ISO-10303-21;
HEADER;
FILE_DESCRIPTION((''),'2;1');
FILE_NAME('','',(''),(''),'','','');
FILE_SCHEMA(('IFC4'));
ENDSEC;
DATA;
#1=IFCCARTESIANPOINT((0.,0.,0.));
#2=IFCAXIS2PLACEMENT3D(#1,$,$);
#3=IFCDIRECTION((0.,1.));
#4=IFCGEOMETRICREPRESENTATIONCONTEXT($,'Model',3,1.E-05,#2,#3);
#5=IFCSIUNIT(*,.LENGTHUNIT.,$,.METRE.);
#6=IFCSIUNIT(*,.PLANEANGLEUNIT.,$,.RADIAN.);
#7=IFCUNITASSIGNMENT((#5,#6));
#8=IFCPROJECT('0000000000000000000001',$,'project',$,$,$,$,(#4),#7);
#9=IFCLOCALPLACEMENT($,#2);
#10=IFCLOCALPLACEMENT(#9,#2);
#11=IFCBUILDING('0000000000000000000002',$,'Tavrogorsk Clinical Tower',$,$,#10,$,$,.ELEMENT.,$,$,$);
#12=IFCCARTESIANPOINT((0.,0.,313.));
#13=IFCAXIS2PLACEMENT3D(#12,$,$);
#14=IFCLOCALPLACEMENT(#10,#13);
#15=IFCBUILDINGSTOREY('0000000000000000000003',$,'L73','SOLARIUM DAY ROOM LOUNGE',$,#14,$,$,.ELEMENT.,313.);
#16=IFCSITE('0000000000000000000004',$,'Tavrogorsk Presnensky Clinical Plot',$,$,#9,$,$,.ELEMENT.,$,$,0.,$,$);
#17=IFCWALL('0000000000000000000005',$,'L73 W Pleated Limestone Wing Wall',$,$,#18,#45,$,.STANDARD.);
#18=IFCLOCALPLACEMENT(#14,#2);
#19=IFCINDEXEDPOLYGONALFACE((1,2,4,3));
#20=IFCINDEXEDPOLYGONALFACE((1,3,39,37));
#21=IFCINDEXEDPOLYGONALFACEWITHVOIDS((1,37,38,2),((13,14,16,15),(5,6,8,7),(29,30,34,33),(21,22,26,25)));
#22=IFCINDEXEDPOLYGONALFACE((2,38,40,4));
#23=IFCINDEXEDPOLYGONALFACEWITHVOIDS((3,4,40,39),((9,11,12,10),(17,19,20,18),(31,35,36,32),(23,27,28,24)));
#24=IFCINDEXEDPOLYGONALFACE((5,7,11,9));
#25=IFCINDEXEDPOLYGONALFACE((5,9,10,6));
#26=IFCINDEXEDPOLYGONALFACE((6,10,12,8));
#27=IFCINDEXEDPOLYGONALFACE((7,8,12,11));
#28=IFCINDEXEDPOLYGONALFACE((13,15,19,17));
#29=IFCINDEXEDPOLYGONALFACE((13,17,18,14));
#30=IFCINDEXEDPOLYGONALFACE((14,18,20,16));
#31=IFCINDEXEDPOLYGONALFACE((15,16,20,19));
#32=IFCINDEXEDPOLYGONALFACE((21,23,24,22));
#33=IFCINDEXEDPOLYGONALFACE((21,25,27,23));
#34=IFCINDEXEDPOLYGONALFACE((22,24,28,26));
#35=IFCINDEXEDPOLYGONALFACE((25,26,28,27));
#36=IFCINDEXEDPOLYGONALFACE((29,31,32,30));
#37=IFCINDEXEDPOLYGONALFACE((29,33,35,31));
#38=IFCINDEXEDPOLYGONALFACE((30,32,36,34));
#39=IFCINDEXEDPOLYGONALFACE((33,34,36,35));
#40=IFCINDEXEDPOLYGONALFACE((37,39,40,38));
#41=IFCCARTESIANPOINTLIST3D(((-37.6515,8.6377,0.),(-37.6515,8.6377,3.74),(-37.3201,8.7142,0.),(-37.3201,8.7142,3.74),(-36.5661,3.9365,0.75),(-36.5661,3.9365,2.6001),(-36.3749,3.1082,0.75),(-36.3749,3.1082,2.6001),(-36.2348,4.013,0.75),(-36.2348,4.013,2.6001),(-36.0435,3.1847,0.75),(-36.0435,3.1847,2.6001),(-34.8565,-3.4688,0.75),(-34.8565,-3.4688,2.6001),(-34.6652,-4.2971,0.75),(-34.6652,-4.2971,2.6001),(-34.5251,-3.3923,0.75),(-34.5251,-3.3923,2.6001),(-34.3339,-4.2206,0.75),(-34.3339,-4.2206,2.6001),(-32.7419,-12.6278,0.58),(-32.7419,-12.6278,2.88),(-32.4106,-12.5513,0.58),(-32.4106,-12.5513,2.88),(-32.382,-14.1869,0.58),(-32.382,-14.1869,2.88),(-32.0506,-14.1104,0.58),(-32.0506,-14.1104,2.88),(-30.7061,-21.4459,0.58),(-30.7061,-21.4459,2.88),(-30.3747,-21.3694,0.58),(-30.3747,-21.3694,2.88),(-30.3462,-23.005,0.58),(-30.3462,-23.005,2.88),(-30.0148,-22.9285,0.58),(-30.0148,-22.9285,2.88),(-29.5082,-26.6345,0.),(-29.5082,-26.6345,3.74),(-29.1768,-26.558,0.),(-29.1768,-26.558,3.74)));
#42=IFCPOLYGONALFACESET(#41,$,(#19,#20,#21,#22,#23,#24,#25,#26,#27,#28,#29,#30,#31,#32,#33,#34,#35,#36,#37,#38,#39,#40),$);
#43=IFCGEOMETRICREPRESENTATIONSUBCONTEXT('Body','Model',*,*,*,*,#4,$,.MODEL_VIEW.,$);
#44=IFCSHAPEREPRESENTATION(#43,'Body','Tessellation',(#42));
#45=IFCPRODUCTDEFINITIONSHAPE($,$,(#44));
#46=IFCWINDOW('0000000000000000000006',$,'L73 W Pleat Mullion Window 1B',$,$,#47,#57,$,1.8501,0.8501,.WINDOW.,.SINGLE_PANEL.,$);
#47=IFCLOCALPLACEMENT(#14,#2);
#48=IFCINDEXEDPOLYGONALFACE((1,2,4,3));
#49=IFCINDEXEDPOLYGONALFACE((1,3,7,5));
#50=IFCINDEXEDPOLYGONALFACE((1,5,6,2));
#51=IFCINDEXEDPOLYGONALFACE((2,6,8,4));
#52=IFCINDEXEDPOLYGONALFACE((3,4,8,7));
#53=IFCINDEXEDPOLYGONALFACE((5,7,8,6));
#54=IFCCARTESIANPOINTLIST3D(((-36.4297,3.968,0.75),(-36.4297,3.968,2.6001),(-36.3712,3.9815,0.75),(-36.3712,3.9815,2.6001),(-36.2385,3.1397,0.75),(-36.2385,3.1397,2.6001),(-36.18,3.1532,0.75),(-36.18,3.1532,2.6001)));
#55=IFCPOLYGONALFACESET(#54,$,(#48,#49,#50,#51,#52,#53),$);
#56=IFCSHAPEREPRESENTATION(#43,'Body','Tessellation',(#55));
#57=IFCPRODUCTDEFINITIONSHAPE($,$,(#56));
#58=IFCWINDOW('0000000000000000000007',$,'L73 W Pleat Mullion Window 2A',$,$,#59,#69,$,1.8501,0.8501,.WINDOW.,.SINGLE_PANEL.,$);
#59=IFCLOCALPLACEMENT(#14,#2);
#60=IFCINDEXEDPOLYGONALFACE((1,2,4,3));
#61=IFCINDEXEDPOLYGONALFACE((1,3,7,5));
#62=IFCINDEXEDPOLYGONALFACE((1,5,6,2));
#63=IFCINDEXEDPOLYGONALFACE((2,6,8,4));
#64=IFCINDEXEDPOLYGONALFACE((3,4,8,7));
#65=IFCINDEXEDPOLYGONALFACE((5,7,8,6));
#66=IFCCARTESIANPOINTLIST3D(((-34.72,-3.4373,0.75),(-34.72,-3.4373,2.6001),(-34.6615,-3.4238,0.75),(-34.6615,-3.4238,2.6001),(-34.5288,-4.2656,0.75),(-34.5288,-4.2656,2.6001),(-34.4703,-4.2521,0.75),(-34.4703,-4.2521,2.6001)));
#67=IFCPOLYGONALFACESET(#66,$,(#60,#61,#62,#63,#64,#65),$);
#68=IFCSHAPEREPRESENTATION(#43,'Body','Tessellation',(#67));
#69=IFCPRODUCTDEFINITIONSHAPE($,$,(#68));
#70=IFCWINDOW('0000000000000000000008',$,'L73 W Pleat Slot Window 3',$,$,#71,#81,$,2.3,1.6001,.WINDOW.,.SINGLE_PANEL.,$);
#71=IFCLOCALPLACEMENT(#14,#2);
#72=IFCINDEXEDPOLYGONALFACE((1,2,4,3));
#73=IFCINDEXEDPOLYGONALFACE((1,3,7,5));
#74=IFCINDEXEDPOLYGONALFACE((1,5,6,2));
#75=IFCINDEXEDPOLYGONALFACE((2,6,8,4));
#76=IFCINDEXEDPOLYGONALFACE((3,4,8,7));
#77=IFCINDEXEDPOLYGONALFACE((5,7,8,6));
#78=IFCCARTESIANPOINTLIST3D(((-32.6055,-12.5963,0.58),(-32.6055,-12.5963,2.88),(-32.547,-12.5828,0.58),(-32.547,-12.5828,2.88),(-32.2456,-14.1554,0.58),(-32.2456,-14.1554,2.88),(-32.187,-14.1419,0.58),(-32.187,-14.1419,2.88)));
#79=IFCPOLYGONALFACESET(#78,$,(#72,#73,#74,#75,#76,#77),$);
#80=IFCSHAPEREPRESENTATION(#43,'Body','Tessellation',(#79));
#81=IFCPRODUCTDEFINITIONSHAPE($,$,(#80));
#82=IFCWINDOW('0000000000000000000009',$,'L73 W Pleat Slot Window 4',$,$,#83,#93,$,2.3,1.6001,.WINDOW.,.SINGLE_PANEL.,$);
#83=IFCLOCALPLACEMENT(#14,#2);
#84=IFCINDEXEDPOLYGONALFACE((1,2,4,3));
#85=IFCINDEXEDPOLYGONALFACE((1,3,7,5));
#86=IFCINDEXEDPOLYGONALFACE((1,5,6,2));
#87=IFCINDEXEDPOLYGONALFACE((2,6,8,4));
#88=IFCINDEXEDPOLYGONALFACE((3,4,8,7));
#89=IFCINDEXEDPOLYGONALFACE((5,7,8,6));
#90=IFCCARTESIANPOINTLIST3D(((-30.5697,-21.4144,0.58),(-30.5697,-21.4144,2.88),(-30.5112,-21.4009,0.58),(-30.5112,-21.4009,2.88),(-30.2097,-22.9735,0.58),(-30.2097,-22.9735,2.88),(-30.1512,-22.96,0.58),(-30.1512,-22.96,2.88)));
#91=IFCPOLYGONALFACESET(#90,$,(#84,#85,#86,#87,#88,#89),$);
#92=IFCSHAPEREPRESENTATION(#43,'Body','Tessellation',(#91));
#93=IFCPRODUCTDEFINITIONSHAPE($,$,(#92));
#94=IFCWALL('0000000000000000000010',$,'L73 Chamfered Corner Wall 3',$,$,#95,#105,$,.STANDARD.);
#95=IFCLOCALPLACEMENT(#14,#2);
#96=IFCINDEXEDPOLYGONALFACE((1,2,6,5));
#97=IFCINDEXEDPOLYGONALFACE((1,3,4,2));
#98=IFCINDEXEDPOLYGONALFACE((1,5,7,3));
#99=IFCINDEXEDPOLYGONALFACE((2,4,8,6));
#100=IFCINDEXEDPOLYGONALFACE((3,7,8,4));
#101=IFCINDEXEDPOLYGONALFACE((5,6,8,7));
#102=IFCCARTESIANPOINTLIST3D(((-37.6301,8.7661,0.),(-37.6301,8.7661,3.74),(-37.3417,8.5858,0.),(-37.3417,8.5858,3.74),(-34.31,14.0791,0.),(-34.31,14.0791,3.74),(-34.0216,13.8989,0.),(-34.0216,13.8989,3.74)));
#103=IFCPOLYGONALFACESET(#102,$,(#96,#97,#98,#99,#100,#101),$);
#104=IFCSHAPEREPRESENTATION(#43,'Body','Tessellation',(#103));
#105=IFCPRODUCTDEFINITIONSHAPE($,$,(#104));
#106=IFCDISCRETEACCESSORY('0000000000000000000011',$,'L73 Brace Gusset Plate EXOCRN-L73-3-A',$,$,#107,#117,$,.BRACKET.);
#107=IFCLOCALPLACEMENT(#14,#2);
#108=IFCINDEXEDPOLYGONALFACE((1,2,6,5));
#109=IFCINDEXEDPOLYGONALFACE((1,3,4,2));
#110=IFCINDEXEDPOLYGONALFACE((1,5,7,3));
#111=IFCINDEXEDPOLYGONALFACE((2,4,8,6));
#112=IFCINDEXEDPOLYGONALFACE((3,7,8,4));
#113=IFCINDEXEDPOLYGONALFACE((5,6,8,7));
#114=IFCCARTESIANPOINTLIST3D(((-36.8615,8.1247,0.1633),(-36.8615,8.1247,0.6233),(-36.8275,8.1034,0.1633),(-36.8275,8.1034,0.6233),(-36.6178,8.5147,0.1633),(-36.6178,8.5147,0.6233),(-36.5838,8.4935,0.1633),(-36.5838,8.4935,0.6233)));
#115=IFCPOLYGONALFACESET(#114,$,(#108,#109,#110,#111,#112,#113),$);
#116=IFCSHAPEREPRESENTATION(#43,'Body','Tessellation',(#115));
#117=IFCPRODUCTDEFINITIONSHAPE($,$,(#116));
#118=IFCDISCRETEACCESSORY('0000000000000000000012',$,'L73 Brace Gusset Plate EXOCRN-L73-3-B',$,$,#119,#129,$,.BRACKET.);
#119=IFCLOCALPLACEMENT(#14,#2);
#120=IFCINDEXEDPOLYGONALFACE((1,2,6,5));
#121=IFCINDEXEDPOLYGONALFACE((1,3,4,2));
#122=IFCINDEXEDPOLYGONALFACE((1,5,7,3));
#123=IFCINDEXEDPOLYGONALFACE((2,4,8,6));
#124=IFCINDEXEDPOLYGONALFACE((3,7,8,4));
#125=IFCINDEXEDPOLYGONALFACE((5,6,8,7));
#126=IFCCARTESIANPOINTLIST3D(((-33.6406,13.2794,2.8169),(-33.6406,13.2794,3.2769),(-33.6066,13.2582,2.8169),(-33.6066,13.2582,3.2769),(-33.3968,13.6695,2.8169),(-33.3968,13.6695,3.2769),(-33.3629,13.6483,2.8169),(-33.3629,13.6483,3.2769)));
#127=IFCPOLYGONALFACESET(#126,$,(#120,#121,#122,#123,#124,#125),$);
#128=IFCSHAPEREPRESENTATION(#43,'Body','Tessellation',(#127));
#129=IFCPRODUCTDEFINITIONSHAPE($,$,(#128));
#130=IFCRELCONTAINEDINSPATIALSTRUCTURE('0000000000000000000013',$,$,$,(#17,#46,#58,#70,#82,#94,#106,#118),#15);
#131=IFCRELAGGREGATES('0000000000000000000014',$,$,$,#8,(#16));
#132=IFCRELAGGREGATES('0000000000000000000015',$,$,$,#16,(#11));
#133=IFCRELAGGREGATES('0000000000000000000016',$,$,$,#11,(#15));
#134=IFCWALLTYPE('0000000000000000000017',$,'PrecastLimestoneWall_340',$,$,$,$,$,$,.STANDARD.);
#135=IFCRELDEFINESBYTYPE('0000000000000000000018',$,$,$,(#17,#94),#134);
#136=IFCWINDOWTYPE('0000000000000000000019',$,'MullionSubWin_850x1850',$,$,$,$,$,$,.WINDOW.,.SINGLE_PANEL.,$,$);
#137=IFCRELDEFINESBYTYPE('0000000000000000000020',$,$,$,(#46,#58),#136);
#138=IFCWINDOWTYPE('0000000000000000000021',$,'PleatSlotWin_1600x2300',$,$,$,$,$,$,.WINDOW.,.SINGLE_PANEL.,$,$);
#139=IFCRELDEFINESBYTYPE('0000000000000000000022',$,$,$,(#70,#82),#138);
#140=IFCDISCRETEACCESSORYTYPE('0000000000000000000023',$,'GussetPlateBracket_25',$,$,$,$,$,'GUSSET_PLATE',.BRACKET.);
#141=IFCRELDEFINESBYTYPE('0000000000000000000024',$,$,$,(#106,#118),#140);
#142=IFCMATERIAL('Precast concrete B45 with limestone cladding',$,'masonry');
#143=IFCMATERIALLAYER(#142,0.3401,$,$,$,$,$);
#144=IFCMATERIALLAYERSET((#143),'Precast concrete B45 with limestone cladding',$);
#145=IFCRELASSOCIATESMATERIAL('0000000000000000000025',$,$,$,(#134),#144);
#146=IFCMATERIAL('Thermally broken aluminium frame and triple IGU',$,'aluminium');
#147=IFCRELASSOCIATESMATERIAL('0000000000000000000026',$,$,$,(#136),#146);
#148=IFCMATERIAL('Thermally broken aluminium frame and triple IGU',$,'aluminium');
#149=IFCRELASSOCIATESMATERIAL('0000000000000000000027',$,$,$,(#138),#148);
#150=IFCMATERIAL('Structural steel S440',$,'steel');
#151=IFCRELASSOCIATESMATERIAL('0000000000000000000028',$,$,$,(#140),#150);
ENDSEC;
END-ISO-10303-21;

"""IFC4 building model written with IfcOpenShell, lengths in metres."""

from ifc_helpers import new_model, si_unit, direction, frame, frame_2d, origin, origin_2d, place, context, subcontext, project, spatial, rectangle, extrude, material, layer, layer_set, type_object, element, fill, save


model = new_model("IFC4")

# Units and contexts
model_context = context("Model", 3, precision=1e-05, world=origin(), true_north=direction((0.0, 1.0)))
body_context = subcontext(model_context, "Body", "Model", "MODEL_VIEW")
ifc_project = project(units=[si_unit("LENGTHUNIT", "METRE"), si_unit("PLANEANGLEUNIT", "RADIAN")], contexts=[model_context])

# Site, building, storey
site_placement = place(None, origin())
site = spatial("IfcSite", under=ifc_project, at=site_placement, Name="Tavrogorsk Presnensky Clinical Plot", CompositionType="ELEMENT", RefElevation=0.0)
building_placement = place(site_placement, origin())
building = spatial("IfcBuilding", under=site, at=building_placement, Name="Tavrogorsk Clinical Tower", CompositionType="ELEMENT")
storey_placement = place(building_placement, frame((0.0, 0.0, 313.0)))
storey = spatial("IfcBuildingStorey", under=building, at=storey_placement, Name="L73", Description="SOLARIUM DAY ROOM LOUNGE", CompositionType="ELEMENT", Elevation=313.0)

# Wall, openings, windows
ifc_material_1 = material(Name="Precast concrete B45 with limestone cladding", Category="masonry")
ifc_layer_1 = layer(ifc_material_1, 0.3401)
ifc_layer_set_1 = layer_set([ifc_layer_1], Name="Precast concrete B45 with limestone cladding")
wall_type_1 = type_object("IfcWallType", Name="PrecastLimestoneWall_340", PredefinedType="STANDARD", material=ifc_layer_set_1)
wall_1_placement = place(storey_placement, frame((-37.4858, 8.676, 0.0), z_axis=(0.0, 0.0, 1.0), x_axis=(0.224953, -0.97437, 0.0)))
wall_1 = element("IfcWall", 1, at=wall_1_placement, inside=storey, type_object=wall_type_1, Name="L73 W Pleated Limestone Wing Wall", PredefinedType="STANDARD", context=body_context, shape_type="SweptSolid", body=[
    extrude(rectangle(XDim=36.2, YDim=0.3401, at=frame_2d((18.1001, 0.0))), origin(), (0.0, 0.0, 1.0), 3.74),
])
opening_1_placement = place(wall_1_placement, frame((4.825, 0.0, 0.75)))
opening_1 = element("IfcOpeningElement", 2, at=opening_1_placement, cuts=wall_1, PredefinedType="OPENING", context=body_context, shape_type="SweptSolid", body=[
    extrude(rectangle(XDim=0.8501, YDim=1.8501, at=frame_2d((0.425, 0.925))), frame((0.0, 0.1799, 0.0), z_axis=(0.0, -1.0, 0.0), x_axis=(1.0, 0.0, 0.0)), (0.0, 0.0, 1.0), 0.3601),
])
opening_2_placement = place(wall_1_placement, frame((12.425, 0.0, 0.75)))
opening_2 = element("IfcOpeningElement", 3, at=opening_2_placement, cuts=wall_1, PredefinedType="OPENING", context=body_context, shape_type="SweptSolid", body=[
    extrude(rectangle(XDim=0.8501, YDim=1.8501, at=frame_2d((0.425, 0.925))), frame((0.0, 0.1799, 0.0), z_axis=(0.0, -1.0, 0.0), x_axis=(1.0, 0.0, 0.0)), (0.0, 0.0, 1.0), 0.3601),
])
opening_3_placement = place(wall_1_placement, frame((21.825, 0.0, 0.5801)))
opening_3 = element("IfcOpeningElement", 4, at=opening_3_placement, cuts=wall_1, PredefinedType="OPENING", context=body_context, shape_type="SweptSolid", body=[
    extrude(rectangle(XDim=1.6001, YDim=2.3, at=frame_2d((0.8, 1.1499))), frame((0.0, 0.1799, 0.0), z_axis=(0.0, -1.0, 0.0), x_axis=(1.0, 0.0, 0.0)), (0.0, 0.0, 1.0), 0.3601),
])
opening_4_placement = place(wall_1_placement, frame((30.875, 0.0, 0.5801)))
opening_4 = element("IfcOpeningElement", 5, at=opening_4_placement, cuts=wall_1, PredefinedType="OPENING", context=body_context, shape_type="SweptSolid", body=[
    extrude(rectangle(XDim=1.6001, YDim=2.3, at=frame_2d((0.8, 1.1499))), frame((0.0, 0.1799, 0.0), z_axis=(0.0, -1.0, 0.0), x_axis=(1.0, 0.0, 0.0)), (0.0, 0.0, 1.0), 0.3601),
])
ifc_material_2 = material(Name="Thermally broken aluminium frame and triple IGU", Category="aluminium")
window_type_1 = type_object("IfcWindowType", Name="MullionSubWin_850x1850", PartitioningType="SINGLE_PANEL", PredefinedType="WINDOW", material=ifc_material_2)
window_1_placement = place(opening_1_placement, origin())
window_1 = element("IfcWindow", 6, at=window_1_placement, inside=storey, type_object=window_type_1, Name="L73 W Pleat Mullion Window 1B", OverallHeight=1.8501, OverallWidth=0.8501, PartitioningType="SINGLE_PANEL", PredefinedType="WINDOW", context=body_context, shape_type="SweptSolid", body=[
    extrude(rectangle(XDim=0.8501, YDim=1.8501, at=frame_2d((0.425, 0.925))), frame((0.0, 0.03, 0.0), z_axis=(0.0, -1.0, 0.0), x_axis=(1.0, 0.0, 0.0)), (0.0, 0.0, 1.0), 0.0601),
])
fill(opening_1, window_1)
window_2_placement = place(opening_2_placement, origin())
window_2 = element("IfcWindow", 7, at=window_2_placement, inside=storey, type_object=window_type_1, Name="L73 W Pleat Mullion Window 2A", OverallHeight=1.8501, OverallWidth=0.8501, PartitioningType="SINGLE_PANEL", PredefinedType="WINDOW", context=body_context, shape_type="SweptSolid", body=[
    extrude(rectangle(XDim=0.8501, YDim=1.8501, at=frame_2d((0.425, 0.925))), frame((0.0, 0.03, 0.0), z_axis=(0.0, -1.0, 0.0), x_axis=(1.0, 0.0, 0.0)), (0.0, 0.0, 1.0), 0.0601),
])
fill(opening_2, window_2)
ifc_material_3 = material(Name="Thermally broken aluminium frame and triple IGU", Category="aluminium")
window_type_2 = type_object("IfcWindowType", Name="PleatSlotWin_1600x2300", PartitioningType="SINGLE_PANEL", PredefinedType="WINDOW", material=ifc_material_3)
window_3_placement = place(opening_3_placement, origin())
window_3 = element("IfcWindow", 8, at=window_3_placement, inside=storey, type_object=window_type_2, Name="L73 W Pleat Slot Window 3", OverallHeight=2.3, OverallWidth=1.6001, PartitioningType="SINGLE_PANEL", PredefinedType="WINDOW", context=body_context, shape_type="SweptSolid", body=[
    extrude(rectangle(XDim=1.6001, YDim=2.3, at=frame_2d((0.8, 1.1499))), frame((0.0, 0.03, 0.0), z_axis=(0.0, -1.0, 0.0), x_axis=(1.0, 0.0, 0.0)), (0.0, 0.0, 1.0), 0.0601),
])
fill(opening_3, window_3)
window_4_placement = place(opening_4_placement, origin())
window_4 = element("IfcWindow", 9, at=window_4_placement, inside=storey, type_object=window_type_2, Name="L73 W Pleat Slot Window 4", OverallHeight=2.3, OverallWidth=1.6001, PartitioningType="SINGLE_PANEL", PredefinedType="WINDOW", context=body_context, shape_type="SweptSolid", body=[
    extrude(rectangle(XDim=1.6001, YDim=2.3, at=frame_2d((0.8, 1.1499))), frame((0.0, 0.03, 0.0), z_axis=(0.0, -1.0, 0.0), x_axis=(1.0, 0.0, 0.0)), (0.0, 0.0, 1.0), 0.0601),
])
fill(opening_4, window_4)

# Wall
wall_2_placement = place(storey_placement, frame((-34.1658, 13.989, 0.0), z_axis=(0.0, 0.0, 1.0), x_axis=(-0.529936, -0.848038, 0.0)))
element("IfcWall", 10, at=wall_2_placement, inside=storey, type_object=wall_type_1, Name="L73 Chamfered Corner Wall 3", PredefinedType="STANDARD", context=body_context, shape_type="SweptSolid", body=[
    extrude(rectangle(XDim=6.2651, YDim=0.3401, at=frame_2d((3.1326, 0.0))), origin(), (0.0, 0.0, 1.0), 3.74),
])

# Discrete accessories
ifc_material_4 = material(Name="Structural steel S440", Category="steel")
discrete_accessory_type = type_object("IfcDiscreteAccessoryType", Name="GussetPlateBracket_25", ElementType="GUSSET_PLATE", PredefinedType="BRACKET", material=ifc_material_4)
for number, where, z_axis, x_axis, name in (
    (11, (-36.7227, 8.3091, 0.1633), (0.0, 0.0, 1.0), (0.529919, 0.848048, 0.0), "L73 Brace Gusset Plate EXOCRN-L73-3-A"),
    (12, (-33.5017, 13.4639, 2.8169), (0.0, 0.0, 1.0), (0.529919, 0.848048, 0.0), "L73 Brace Gusset Plate EXOCRN-L73-3-B"),
):
    element("IfcDiscreteAccessory", number, at=place(storey_placement, frame(where, z_axis=z_axis, x_axis=x_axis)), inside=storey, type_object=discrete_accessory_type, Name=name, PredefinedType="BRACKET", context=body_context, shape_type="SweptSolid", body=[
        extrude(rectangle(XDim=0.46, YDim=0.04, at=origin_2d()), origin(), (0.0, 0.0, 1.0), 0.46),
    ])

save(model, "model.ifc")
